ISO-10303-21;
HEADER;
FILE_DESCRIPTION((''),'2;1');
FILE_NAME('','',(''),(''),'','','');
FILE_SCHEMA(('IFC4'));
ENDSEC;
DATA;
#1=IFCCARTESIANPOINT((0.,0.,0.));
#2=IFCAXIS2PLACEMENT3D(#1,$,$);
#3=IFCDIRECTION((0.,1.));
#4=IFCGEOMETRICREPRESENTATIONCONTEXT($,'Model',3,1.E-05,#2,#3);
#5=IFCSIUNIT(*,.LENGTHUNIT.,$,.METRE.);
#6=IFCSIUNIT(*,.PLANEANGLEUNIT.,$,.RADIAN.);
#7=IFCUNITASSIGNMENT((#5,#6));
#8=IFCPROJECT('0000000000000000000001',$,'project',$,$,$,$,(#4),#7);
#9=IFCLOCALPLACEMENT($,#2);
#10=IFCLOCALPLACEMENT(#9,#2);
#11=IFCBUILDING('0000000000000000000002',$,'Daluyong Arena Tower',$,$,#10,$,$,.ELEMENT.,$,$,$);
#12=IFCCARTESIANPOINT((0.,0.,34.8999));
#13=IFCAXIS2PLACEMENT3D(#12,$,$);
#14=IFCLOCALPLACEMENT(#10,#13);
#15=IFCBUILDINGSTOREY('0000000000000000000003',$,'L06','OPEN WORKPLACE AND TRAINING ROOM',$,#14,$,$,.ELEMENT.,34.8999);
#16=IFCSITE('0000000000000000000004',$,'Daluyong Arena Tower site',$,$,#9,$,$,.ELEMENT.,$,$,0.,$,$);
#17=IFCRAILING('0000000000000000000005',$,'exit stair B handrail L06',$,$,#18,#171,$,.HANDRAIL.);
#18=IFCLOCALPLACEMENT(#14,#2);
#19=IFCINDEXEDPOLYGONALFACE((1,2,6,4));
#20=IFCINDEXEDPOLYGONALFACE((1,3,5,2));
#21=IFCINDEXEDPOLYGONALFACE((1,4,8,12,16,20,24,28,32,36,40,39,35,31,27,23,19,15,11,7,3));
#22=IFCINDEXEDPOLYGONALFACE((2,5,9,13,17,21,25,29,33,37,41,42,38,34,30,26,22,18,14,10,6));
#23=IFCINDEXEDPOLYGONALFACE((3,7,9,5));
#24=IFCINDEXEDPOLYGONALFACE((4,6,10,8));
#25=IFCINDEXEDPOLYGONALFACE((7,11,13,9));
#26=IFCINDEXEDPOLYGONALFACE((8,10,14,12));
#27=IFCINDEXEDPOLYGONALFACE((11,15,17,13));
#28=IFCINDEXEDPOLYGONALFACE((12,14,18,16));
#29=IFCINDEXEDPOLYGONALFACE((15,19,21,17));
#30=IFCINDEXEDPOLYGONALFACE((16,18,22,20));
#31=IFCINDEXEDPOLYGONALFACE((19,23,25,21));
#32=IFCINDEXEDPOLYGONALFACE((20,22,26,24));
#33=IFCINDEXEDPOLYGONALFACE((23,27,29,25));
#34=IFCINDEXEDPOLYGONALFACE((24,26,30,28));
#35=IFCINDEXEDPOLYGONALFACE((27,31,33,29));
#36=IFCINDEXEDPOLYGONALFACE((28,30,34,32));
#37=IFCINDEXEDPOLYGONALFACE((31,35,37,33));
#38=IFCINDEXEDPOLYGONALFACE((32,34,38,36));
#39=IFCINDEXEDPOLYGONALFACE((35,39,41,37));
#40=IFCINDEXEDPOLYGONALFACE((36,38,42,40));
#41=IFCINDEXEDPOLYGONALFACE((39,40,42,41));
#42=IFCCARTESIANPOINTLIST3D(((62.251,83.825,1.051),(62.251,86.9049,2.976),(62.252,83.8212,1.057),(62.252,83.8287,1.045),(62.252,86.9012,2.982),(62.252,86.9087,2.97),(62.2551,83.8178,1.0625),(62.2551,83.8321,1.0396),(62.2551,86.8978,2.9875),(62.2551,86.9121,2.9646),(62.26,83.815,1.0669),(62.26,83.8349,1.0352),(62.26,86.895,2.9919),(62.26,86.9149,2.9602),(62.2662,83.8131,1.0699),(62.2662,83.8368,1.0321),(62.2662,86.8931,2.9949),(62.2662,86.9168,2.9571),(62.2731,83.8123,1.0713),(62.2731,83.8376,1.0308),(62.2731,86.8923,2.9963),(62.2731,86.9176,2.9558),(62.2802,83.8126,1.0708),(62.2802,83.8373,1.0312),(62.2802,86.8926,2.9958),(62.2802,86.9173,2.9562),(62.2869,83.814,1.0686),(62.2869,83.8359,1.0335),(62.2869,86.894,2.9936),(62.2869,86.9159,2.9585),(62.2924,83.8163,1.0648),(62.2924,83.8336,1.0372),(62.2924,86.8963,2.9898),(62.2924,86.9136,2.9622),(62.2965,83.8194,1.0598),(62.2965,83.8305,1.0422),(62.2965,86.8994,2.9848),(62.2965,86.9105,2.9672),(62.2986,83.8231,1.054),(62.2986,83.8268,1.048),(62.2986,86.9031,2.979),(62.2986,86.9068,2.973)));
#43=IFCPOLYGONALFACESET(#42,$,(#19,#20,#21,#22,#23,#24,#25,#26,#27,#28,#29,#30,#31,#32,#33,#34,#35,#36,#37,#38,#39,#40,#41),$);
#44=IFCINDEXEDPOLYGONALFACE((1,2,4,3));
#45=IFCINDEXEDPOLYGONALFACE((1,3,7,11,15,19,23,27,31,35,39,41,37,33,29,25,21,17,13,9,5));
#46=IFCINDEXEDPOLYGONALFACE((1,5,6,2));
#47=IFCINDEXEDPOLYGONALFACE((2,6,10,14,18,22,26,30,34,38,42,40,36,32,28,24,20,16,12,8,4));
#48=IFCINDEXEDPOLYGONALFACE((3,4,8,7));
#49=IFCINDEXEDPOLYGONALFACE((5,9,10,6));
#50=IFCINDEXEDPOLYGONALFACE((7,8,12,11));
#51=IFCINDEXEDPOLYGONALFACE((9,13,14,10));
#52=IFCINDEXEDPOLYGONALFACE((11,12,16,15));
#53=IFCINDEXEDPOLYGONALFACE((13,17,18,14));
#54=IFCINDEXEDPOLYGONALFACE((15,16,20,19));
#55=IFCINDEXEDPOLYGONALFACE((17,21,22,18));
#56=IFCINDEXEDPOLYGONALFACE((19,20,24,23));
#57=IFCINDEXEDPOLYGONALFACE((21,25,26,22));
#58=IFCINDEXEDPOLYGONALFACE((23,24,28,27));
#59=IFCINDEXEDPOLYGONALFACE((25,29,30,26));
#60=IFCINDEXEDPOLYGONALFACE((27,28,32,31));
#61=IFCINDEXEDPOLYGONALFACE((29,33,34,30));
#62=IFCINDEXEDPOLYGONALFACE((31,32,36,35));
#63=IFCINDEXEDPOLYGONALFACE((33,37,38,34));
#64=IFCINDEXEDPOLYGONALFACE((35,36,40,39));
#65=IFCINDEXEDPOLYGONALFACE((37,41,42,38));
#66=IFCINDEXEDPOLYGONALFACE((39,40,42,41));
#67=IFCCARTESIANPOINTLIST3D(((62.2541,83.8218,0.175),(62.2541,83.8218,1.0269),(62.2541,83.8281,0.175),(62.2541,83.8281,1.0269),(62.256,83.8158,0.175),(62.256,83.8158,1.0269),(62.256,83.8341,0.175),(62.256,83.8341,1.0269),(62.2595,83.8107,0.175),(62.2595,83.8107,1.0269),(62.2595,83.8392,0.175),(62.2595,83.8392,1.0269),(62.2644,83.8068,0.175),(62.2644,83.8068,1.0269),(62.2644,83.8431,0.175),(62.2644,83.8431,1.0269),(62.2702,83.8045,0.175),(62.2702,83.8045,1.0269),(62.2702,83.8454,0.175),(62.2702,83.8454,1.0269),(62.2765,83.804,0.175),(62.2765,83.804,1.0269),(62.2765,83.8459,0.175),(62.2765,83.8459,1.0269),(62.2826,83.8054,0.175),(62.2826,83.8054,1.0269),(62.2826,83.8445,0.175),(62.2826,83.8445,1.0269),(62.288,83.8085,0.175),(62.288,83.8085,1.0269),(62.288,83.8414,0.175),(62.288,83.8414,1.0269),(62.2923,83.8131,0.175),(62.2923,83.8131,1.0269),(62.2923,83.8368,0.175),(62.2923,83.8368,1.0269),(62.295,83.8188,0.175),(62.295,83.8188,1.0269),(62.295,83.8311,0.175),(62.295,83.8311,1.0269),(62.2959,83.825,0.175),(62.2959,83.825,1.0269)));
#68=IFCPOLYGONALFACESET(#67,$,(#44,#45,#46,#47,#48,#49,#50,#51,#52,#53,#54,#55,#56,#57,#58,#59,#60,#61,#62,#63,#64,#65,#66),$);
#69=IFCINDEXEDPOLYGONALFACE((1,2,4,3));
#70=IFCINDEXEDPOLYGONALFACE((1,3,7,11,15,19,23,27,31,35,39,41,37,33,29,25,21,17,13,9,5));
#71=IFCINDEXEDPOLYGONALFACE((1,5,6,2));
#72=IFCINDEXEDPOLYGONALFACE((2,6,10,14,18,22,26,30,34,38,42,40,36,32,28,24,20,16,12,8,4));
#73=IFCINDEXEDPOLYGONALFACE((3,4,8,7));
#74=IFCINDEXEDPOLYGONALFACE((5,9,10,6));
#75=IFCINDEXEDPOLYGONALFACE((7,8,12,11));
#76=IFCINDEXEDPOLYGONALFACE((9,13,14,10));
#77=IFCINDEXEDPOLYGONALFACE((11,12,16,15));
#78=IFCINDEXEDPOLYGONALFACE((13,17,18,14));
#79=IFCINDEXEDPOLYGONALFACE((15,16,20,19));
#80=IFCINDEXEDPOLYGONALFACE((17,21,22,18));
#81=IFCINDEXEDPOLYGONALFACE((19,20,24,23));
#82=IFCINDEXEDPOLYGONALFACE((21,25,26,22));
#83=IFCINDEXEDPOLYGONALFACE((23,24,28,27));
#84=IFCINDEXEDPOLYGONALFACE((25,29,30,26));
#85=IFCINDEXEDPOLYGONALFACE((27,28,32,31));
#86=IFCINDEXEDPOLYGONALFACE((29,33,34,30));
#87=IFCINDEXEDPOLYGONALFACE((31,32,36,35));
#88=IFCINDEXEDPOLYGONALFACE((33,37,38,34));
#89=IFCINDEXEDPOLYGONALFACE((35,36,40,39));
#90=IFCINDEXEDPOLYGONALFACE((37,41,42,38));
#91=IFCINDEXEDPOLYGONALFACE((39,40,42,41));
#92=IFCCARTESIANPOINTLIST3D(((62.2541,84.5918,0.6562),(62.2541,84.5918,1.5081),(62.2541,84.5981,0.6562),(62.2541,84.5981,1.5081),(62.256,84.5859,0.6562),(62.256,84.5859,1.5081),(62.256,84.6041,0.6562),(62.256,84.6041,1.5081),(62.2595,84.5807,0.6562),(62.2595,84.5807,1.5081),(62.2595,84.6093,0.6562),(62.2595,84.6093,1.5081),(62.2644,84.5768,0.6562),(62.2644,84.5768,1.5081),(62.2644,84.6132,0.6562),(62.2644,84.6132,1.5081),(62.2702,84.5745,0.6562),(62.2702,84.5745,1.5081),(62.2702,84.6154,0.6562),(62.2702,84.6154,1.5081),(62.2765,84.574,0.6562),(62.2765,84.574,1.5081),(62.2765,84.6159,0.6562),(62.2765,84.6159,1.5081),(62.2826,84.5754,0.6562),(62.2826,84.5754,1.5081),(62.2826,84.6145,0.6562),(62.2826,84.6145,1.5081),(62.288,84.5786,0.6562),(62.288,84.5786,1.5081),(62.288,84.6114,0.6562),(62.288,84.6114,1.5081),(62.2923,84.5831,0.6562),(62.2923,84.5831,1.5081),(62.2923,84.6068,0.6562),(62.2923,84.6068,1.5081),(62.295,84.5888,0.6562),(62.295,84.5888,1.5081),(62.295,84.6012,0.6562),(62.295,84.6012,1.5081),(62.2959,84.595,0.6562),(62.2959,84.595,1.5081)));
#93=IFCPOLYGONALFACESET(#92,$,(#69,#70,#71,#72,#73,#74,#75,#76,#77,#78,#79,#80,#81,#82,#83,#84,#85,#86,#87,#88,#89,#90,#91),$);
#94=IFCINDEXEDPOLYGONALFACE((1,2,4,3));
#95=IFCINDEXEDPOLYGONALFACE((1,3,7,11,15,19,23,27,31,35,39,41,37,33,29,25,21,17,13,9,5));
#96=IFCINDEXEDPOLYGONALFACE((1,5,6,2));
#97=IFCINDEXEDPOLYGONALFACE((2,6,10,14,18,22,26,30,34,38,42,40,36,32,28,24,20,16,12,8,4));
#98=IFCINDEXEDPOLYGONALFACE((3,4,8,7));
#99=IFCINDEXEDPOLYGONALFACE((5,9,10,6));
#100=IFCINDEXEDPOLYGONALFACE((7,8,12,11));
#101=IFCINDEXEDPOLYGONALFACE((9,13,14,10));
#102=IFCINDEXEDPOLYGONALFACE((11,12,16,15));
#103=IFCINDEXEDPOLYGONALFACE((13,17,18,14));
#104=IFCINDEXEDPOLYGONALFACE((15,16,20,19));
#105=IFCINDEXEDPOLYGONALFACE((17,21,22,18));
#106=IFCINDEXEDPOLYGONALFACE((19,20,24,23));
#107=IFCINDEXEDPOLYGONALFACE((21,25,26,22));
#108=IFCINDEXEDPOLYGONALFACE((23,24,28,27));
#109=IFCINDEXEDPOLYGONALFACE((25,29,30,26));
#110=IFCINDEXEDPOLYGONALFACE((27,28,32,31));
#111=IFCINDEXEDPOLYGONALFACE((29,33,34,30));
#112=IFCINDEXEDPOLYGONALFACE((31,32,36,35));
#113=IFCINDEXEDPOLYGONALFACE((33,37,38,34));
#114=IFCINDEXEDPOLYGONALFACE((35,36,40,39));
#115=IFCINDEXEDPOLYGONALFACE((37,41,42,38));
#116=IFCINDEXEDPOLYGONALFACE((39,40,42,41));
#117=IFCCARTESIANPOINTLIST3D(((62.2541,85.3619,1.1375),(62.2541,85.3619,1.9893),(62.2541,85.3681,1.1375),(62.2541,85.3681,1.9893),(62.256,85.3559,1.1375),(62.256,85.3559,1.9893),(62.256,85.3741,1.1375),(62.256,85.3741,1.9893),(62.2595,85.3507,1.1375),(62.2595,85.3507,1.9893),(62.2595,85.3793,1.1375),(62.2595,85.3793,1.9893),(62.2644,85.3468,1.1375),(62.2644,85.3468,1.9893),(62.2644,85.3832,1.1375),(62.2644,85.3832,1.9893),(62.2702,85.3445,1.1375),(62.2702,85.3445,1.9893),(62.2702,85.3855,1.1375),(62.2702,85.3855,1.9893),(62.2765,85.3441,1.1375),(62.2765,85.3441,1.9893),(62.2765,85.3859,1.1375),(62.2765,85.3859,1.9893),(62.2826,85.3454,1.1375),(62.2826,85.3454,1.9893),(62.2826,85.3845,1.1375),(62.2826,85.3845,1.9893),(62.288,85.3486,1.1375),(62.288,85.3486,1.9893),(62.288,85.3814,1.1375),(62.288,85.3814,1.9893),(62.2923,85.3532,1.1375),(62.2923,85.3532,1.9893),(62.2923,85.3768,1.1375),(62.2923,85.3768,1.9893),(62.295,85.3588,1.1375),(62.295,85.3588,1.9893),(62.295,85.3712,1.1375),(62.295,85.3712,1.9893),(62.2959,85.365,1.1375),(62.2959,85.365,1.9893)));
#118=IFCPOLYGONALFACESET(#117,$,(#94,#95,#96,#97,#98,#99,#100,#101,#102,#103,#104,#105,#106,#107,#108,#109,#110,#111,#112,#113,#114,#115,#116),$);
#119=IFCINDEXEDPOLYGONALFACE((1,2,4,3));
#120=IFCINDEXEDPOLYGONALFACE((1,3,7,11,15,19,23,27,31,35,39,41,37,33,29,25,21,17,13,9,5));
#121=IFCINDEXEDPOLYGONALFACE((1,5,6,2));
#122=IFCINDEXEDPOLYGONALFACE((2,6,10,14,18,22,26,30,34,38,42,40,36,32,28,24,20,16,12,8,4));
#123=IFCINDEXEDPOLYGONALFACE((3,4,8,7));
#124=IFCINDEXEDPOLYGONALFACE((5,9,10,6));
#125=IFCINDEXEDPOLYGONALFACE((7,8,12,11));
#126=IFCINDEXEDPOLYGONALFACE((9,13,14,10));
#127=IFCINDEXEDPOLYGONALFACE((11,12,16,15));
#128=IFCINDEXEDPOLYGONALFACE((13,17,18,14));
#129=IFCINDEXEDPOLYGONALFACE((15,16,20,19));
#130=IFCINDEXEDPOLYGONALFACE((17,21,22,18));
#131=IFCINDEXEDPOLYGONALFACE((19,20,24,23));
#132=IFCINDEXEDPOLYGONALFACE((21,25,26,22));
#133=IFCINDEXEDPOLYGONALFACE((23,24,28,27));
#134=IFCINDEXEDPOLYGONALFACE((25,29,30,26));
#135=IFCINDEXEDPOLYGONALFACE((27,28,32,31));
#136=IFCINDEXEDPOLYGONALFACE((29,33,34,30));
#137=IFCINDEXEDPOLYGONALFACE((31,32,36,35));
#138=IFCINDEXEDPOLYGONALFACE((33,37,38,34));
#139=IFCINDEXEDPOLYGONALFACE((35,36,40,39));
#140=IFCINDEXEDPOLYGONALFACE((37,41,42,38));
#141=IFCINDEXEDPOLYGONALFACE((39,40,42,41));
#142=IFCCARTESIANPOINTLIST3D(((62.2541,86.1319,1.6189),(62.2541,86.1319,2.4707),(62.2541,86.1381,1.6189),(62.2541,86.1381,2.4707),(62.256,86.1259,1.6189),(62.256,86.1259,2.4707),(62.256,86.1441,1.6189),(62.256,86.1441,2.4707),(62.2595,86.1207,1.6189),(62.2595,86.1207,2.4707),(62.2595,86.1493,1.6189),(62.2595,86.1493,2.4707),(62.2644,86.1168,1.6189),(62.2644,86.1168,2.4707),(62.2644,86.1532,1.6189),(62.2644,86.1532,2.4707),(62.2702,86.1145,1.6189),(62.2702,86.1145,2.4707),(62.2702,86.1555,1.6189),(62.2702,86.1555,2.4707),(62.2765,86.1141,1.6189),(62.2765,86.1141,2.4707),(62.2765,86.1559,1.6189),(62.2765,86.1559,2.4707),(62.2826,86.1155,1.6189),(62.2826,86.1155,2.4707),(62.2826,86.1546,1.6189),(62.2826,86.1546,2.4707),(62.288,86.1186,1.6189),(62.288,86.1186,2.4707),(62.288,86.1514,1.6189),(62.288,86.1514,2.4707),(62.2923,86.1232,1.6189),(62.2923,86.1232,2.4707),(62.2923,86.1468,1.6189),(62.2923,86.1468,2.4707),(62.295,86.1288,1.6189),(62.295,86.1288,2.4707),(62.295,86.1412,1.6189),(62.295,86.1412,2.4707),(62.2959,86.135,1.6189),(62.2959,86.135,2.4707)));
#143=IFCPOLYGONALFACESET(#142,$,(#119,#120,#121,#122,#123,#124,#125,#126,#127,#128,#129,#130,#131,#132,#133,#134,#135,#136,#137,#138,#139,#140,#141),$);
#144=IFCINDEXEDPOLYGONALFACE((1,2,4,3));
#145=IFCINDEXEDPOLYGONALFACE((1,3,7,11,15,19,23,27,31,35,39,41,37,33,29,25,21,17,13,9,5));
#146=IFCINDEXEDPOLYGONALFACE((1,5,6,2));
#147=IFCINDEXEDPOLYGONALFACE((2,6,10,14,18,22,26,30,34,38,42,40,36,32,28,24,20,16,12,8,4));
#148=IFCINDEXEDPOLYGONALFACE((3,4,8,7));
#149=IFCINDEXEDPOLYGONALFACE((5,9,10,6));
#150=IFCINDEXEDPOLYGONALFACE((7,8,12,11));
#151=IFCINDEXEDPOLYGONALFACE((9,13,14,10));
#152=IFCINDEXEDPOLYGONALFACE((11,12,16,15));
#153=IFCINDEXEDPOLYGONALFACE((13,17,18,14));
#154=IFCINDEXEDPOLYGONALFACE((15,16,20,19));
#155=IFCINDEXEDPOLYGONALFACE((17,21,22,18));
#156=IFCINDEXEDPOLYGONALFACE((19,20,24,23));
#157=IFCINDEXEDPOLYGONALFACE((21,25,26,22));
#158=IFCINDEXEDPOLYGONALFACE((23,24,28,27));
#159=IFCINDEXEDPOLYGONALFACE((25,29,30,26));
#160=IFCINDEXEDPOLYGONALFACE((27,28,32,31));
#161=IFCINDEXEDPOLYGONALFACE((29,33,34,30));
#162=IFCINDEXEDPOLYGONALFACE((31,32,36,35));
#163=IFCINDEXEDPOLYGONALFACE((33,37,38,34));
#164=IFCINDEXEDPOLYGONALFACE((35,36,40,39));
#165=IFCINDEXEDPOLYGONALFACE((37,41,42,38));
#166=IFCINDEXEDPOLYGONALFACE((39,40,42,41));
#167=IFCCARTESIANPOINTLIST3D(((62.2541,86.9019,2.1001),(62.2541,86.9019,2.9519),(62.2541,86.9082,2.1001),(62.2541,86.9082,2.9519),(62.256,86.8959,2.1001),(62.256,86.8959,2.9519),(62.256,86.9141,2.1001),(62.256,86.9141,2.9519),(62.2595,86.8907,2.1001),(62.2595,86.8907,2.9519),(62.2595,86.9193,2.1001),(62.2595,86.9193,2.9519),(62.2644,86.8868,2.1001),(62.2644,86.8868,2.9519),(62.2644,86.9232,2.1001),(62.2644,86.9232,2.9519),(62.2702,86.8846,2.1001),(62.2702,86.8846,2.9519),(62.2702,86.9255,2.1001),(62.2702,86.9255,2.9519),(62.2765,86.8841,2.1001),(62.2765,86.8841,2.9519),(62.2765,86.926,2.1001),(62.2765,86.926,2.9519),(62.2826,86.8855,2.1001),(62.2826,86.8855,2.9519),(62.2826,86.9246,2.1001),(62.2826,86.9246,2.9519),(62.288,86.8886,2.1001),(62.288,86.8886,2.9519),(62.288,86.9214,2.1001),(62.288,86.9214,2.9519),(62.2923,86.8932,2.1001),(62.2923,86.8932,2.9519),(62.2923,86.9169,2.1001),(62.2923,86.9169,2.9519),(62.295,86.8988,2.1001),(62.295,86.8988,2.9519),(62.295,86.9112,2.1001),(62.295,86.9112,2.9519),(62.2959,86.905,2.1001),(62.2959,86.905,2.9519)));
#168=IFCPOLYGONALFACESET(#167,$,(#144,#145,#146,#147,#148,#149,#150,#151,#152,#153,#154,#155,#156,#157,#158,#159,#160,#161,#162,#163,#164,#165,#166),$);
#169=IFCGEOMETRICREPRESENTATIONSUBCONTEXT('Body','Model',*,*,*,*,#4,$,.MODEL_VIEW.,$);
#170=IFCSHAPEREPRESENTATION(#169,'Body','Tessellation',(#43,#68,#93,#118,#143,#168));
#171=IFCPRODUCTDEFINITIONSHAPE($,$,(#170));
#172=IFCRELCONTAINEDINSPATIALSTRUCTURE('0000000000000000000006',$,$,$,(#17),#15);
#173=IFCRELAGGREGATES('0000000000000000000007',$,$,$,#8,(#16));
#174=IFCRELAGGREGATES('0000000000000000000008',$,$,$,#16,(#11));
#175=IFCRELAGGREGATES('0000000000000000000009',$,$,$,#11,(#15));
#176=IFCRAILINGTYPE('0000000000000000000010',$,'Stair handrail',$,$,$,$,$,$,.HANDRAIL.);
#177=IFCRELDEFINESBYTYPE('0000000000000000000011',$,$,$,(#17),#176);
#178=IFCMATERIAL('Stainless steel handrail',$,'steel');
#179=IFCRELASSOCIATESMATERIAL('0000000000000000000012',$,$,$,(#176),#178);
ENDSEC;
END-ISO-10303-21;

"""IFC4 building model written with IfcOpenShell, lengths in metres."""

from ifc_helpers import new_model, si_unit, direction, frame, origin, origin_2d, place, context, subcontext, project, spatial, circle, extrude, material, type_object, element, save


model = new_model("IFC4")

# Units and contexts
model_context = context("Model", 3, precision=1e-05, world=origin(), true_north=direction((0.0, 1.0)))
body_context = subcontext(model_context, "Body", "Model", "MODEL_VIEW")
ifc_project = project(units=[si_unit("LENGTHUNIT", "METRE"), si_unit("PLANEANGLEUNIT", "RADIAN")], contexts=[model_context])

# Site, building, storey
site_placement = place(None, origin())
site = spatial("IfcSite", under=ifc_project, at=site_placement, Name="Daluyong Arena Tower site", CompositionType="ELEMENT", RefElevation=0.0)
building_placement = place(site_placement, origin())
building = spatial("IfcBuilding", under=site, at=building_placement, Name="Daluyong Arena Tower", CompositionType="ELEMENT")
storey_placement = place(building_placement, frame((0.0, 0.0, 34.8999)))
storey = spatial("IfcBuildingStorey", under=building, at=storey_placement, Name="L06", Description="OPEN WORKPLACE AND TRAINING ROOM", CompositionType="ELEMENT", Elevation=34.8999)

# Railing
ifc_material_1 = material(Name="Stainless steel handrail", Category="steel")
railing_type_1 = type_object("IfcRailingType", Name="Stair handrail", PredefinedType="HANDRAIL", material=ifc_material_1)
railing_1_placement = place(storey_placement, frame((62.2749, 83.825, 0.175)))
element("IfcRailing", 1, at=railing_1_placement, inside=storey, type_object=railing_type_1, Name="exit stair B handrail L06", PredefinedType="HANDRAIL", context=body_context, shape_type="SweptSolid", body=[
    extrude(circle(Radius=0.0239, at=origin_2d()), frame((0.0, 0.0, 0.876), z_axis=(0.0, 0.847998, 0.529999), x_axis=(-1.0, 0.0, 0.0)), (0.0, 0.0, 1.0), 3.6321),
    extrude(circle(Radius=0.021, at=origin_2d()), origin(), (0.0, 0.0, 1.0), 0.8518),
    extrude(circle(Radius=0.021, at=origin_2d()), frame((0.0, 0.77, 0.4812)), (0.0, 0.0, 1.0), 0.8518),
    extrude(circle(Radius=0.021, at=origin_2d()), frame((0.0, 1.54, 0.9624)), (0.0, 0.0, 1.0), 0.8518),
    extrude(circle(Radius=0.021, at=origin_2d()), frame((0.0, 2.3101, 1.4438)), (0.0, 0.0, 1.0), 0.8518),
    extrude(circle(Radius=0.021, at=origin_2d()), frame((0.0, 3.0801, 1.925)), (0.0, 0.0, 1.0), 0.8518),
])

save(model, "model.ifc")
